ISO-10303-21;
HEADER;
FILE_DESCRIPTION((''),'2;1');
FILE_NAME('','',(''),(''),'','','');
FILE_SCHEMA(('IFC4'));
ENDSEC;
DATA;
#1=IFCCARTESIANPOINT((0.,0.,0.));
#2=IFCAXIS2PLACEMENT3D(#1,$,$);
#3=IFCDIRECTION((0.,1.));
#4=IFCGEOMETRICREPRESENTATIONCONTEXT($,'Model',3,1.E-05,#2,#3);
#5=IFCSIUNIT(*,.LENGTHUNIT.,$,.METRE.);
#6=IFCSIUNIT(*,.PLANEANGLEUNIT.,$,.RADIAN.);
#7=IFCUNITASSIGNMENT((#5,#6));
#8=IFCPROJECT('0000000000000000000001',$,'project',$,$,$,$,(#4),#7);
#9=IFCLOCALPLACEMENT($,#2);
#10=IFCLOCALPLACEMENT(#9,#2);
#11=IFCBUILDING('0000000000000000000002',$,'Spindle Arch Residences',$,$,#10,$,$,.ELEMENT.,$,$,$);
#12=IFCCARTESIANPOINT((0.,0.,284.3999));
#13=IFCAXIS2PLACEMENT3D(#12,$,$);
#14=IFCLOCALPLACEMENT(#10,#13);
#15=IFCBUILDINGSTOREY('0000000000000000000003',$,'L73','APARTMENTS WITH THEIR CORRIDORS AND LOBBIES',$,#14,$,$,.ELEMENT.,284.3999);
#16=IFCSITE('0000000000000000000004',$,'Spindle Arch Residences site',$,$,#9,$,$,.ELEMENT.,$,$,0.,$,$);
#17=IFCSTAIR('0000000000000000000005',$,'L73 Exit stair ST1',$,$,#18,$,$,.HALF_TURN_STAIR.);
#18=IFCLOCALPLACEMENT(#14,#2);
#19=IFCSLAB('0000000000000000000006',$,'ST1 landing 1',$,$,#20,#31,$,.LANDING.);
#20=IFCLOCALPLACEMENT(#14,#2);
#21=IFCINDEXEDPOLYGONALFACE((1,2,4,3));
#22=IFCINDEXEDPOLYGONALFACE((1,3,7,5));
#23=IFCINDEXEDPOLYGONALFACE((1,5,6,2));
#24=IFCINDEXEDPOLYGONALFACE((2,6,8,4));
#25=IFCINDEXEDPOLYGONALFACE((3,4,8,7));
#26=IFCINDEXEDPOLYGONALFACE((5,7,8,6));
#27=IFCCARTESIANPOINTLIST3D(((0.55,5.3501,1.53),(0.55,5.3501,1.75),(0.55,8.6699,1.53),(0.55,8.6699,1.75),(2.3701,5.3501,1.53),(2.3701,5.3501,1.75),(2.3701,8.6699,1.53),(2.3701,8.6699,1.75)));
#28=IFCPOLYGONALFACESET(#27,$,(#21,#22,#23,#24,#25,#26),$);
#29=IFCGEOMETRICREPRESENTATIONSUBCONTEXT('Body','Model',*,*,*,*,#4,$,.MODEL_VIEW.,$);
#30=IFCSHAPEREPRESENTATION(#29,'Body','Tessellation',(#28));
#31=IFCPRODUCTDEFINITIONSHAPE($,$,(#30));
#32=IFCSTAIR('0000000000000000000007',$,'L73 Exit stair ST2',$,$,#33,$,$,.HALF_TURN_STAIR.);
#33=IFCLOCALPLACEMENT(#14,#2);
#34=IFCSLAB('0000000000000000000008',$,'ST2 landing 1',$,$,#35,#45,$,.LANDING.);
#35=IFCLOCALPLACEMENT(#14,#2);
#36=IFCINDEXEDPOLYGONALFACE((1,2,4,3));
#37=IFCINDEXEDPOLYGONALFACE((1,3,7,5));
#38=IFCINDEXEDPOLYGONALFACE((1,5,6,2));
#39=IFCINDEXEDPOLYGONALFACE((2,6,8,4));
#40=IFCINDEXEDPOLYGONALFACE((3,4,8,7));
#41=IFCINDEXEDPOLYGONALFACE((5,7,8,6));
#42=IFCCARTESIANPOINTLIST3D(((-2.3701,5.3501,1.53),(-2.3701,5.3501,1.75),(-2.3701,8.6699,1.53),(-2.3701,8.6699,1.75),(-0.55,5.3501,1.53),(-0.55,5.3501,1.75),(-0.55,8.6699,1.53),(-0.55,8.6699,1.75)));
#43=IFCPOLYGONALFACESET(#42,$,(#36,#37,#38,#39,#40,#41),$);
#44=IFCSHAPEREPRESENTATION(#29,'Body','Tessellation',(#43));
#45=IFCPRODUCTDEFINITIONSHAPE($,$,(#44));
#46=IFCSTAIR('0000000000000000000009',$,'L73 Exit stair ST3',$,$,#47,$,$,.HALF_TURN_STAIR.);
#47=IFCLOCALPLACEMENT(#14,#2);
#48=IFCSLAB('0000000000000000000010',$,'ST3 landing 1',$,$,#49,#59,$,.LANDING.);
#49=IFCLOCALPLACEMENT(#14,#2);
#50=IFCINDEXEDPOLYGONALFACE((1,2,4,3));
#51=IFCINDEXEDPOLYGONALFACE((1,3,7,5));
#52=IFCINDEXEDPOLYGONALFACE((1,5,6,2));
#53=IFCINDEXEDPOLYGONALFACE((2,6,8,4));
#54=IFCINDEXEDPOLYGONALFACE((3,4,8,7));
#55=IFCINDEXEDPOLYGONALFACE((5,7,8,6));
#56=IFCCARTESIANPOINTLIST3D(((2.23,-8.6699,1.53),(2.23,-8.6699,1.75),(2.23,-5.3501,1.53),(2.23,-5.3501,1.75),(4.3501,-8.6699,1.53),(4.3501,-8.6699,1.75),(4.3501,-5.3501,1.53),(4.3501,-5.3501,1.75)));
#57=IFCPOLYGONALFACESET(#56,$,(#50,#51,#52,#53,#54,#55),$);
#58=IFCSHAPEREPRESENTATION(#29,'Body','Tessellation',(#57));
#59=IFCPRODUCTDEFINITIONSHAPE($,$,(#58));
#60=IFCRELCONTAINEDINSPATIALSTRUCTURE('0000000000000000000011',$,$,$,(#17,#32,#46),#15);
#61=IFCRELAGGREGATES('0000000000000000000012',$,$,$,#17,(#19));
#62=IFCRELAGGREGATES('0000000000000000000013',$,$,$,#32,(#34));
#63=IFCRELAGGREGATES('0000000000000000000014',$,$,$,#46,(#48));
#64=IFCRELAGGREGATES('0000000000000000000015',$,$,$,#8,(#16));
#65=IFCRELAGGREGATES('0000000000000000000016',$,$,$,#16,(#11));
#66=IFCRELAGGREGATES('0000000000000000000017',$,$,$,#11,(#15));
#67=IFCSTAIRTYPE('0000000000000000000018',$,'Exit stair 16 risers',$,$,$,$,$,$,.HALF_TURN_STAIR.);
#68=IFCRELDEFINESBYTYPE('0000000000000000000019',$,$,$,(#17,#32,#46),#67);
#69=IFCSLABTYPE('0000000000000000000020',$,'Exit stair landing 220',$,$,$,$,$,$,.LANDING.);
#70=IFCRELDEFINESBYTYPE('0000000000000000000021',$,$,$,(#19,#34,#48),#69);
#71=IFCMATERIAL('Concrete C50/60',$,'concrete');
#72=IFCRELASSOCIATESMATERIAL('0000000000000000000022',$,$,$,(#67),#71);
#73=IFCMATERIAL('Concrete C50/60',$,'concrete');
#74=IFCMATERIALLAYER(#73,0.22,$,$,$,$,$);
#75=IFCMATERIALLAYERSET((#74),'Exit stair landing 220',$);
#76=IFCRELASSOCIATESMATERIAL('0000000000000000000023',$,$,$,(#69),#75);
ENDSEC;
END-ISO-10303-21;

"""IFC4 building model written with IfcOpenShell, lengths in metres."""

from ifc_helpers import new_model, si_unit, direction, frame, origin, place, context, subcontext, project, spatial, polyline, outline, extrude, material, layer, layer_set, type_object, element, aggregate, save


model = new_model("IFC4")

# Units and contexts
model_context = context("Model", 3, precision=1e-05, world=origin(), true_north=direction((0.0, 1.0)))
body_context = subcontext(model_context, "Body", "Model", "MODEL_VIEW")
ifc_project = project(units=[si_unit("LENGTHUNIT", "METRE"), si_unit("PLANEANGLEUNIT", "RADIAN")], contexts=[model_context])

# Site, building, storey
site_placement = place(None, origin())
site = spatial("IfcSite", under=ifc_project, at=site_placement, Name="Spindle Arch Residences site", CompositionType="ELEMENT", RefElevation=0.0)
building_placement = place(site_placement, origin())
building = spatial("IfcBuilding", under=site, at=building_placement, Name="Spindle Arch Residences", CompositionType="ELEMENT")
storey_placement = place(building_placement, frame((0.0, 0.0, 284.3999)))
storey = spatial("IfcBuildingStorey", under=building, at=storey_placement, Name="L73", Description="APARTMENTS WITH THEIR CORRIDORS AND LOBBIES", CompositionType="ELEMENT", Elevation=284.3999)

# Stairs, slabs
ifc_material_1 = material(Name="Concrete C50/60", Category="concrete")
stair_type = type_object("IfcStairType", Name="Exit stair 16 risers", PredefinedType="HALF_TURN_STAIR", material=ifc_material_1)
stair_1_placement = place(storey_placement, origin())
stair_1 = element("IfcStair", 1, at=stair_1_placement, inside=storey, type_object=stair_type, Name="L73 Exit stair ST1", PredefinedType="HALF_TURN_STAIR")
ifc_material_2 = material(Name="Concrete C50/60", Category="concrete")
ifc_layer_1 = layer(ifc_material_2, 0.22)
ifc_layer_set_1 = layer_set([ifc_layer_1], Name="Exit stair landing 220")
slab_type_1 = type_object("IfcSlabType", Name="Exit stair landing 220", PredefinedType="LANDING", material=ifc_layer_set_1)
slab_1_placement = place(storey_placement, frame((0.0, 0.0, 1.53)))
slab_1 = element("IfcSlab", 2, at=slab_1_placement, type_object=slab_type_1, Name="ST1 landing 1", PredefinedType="LANDING", context=body_context, shape_type="SweptSolid", body=[
    extrude(outline(polyline([(2.3701, 8.6699), (0.55, 8.6699), (0.55, 5.3501), (2.3701, 5.3501), (2.3701, 8.6699)])), origin(), (0.0, 0.0, 1.0), 0.22),
])
aggregate(stair_1, [slab_1])
stair_2_placement = place(storey_placement, origin())
stair_2 = element("IfcStair", 3, at=stair_2_placement, inside=storey, type_object=stair_type, Name="L73 Exit stair ST2", PredefinedType="HALF_TURN_STAIR")
slab_2_placement = place(storey_placement, frame((0.0, 0.0, 1.53)))
slab_2 = element("IfcSlab", 4, at=slab_2_placement, type_object=slab_type_1, Name="ST2 landing 1", PredefinedType="LANDING", context=body_context, shape_type="SweptSolid", body=[
    extrude(outline(polyline([(-2.3701, 5.3501), (-0.55, 5.3501), (-0.55, 8.6699), (-2.3701, 8.6699), (-2.3701, 5.3501)])), origin(), (0.0, 0.0, 1.0), 0.22),
])
aggregate(stair_2, [slab_2])
stair_3_placement = place(storey_placement, origin())
stair_3 = element("IfcStair", 5, at=stair_3_placement, inside=storey, type_object=stair_type, Name="L73 Exit stair ST3", PredefinedType="HALF_TURN_STAIR")
slab_3_placement = place(storey_placement, frame((0.0, 0.0, 1.53)))
slab_3 = element("IfcSlab", 6, at=slab_3_placement, type_object=slab_type_1, Name="ST3 landing 1", PredefinedType="LANDING", context=body_context, shape_type="SweptSolid", body=[
    extrude(outline(polyline([(2.23, -8.6699), (4.3501, -8.6699), (4.3501, -5.3501), (2.23, -5.3501), (2.23, -8.6699)])), origin(), (0.0, 0.0, 1.0), 0.22),
])

aggregate(stair_3, [slab_3])

save(model, "model.ifc")
